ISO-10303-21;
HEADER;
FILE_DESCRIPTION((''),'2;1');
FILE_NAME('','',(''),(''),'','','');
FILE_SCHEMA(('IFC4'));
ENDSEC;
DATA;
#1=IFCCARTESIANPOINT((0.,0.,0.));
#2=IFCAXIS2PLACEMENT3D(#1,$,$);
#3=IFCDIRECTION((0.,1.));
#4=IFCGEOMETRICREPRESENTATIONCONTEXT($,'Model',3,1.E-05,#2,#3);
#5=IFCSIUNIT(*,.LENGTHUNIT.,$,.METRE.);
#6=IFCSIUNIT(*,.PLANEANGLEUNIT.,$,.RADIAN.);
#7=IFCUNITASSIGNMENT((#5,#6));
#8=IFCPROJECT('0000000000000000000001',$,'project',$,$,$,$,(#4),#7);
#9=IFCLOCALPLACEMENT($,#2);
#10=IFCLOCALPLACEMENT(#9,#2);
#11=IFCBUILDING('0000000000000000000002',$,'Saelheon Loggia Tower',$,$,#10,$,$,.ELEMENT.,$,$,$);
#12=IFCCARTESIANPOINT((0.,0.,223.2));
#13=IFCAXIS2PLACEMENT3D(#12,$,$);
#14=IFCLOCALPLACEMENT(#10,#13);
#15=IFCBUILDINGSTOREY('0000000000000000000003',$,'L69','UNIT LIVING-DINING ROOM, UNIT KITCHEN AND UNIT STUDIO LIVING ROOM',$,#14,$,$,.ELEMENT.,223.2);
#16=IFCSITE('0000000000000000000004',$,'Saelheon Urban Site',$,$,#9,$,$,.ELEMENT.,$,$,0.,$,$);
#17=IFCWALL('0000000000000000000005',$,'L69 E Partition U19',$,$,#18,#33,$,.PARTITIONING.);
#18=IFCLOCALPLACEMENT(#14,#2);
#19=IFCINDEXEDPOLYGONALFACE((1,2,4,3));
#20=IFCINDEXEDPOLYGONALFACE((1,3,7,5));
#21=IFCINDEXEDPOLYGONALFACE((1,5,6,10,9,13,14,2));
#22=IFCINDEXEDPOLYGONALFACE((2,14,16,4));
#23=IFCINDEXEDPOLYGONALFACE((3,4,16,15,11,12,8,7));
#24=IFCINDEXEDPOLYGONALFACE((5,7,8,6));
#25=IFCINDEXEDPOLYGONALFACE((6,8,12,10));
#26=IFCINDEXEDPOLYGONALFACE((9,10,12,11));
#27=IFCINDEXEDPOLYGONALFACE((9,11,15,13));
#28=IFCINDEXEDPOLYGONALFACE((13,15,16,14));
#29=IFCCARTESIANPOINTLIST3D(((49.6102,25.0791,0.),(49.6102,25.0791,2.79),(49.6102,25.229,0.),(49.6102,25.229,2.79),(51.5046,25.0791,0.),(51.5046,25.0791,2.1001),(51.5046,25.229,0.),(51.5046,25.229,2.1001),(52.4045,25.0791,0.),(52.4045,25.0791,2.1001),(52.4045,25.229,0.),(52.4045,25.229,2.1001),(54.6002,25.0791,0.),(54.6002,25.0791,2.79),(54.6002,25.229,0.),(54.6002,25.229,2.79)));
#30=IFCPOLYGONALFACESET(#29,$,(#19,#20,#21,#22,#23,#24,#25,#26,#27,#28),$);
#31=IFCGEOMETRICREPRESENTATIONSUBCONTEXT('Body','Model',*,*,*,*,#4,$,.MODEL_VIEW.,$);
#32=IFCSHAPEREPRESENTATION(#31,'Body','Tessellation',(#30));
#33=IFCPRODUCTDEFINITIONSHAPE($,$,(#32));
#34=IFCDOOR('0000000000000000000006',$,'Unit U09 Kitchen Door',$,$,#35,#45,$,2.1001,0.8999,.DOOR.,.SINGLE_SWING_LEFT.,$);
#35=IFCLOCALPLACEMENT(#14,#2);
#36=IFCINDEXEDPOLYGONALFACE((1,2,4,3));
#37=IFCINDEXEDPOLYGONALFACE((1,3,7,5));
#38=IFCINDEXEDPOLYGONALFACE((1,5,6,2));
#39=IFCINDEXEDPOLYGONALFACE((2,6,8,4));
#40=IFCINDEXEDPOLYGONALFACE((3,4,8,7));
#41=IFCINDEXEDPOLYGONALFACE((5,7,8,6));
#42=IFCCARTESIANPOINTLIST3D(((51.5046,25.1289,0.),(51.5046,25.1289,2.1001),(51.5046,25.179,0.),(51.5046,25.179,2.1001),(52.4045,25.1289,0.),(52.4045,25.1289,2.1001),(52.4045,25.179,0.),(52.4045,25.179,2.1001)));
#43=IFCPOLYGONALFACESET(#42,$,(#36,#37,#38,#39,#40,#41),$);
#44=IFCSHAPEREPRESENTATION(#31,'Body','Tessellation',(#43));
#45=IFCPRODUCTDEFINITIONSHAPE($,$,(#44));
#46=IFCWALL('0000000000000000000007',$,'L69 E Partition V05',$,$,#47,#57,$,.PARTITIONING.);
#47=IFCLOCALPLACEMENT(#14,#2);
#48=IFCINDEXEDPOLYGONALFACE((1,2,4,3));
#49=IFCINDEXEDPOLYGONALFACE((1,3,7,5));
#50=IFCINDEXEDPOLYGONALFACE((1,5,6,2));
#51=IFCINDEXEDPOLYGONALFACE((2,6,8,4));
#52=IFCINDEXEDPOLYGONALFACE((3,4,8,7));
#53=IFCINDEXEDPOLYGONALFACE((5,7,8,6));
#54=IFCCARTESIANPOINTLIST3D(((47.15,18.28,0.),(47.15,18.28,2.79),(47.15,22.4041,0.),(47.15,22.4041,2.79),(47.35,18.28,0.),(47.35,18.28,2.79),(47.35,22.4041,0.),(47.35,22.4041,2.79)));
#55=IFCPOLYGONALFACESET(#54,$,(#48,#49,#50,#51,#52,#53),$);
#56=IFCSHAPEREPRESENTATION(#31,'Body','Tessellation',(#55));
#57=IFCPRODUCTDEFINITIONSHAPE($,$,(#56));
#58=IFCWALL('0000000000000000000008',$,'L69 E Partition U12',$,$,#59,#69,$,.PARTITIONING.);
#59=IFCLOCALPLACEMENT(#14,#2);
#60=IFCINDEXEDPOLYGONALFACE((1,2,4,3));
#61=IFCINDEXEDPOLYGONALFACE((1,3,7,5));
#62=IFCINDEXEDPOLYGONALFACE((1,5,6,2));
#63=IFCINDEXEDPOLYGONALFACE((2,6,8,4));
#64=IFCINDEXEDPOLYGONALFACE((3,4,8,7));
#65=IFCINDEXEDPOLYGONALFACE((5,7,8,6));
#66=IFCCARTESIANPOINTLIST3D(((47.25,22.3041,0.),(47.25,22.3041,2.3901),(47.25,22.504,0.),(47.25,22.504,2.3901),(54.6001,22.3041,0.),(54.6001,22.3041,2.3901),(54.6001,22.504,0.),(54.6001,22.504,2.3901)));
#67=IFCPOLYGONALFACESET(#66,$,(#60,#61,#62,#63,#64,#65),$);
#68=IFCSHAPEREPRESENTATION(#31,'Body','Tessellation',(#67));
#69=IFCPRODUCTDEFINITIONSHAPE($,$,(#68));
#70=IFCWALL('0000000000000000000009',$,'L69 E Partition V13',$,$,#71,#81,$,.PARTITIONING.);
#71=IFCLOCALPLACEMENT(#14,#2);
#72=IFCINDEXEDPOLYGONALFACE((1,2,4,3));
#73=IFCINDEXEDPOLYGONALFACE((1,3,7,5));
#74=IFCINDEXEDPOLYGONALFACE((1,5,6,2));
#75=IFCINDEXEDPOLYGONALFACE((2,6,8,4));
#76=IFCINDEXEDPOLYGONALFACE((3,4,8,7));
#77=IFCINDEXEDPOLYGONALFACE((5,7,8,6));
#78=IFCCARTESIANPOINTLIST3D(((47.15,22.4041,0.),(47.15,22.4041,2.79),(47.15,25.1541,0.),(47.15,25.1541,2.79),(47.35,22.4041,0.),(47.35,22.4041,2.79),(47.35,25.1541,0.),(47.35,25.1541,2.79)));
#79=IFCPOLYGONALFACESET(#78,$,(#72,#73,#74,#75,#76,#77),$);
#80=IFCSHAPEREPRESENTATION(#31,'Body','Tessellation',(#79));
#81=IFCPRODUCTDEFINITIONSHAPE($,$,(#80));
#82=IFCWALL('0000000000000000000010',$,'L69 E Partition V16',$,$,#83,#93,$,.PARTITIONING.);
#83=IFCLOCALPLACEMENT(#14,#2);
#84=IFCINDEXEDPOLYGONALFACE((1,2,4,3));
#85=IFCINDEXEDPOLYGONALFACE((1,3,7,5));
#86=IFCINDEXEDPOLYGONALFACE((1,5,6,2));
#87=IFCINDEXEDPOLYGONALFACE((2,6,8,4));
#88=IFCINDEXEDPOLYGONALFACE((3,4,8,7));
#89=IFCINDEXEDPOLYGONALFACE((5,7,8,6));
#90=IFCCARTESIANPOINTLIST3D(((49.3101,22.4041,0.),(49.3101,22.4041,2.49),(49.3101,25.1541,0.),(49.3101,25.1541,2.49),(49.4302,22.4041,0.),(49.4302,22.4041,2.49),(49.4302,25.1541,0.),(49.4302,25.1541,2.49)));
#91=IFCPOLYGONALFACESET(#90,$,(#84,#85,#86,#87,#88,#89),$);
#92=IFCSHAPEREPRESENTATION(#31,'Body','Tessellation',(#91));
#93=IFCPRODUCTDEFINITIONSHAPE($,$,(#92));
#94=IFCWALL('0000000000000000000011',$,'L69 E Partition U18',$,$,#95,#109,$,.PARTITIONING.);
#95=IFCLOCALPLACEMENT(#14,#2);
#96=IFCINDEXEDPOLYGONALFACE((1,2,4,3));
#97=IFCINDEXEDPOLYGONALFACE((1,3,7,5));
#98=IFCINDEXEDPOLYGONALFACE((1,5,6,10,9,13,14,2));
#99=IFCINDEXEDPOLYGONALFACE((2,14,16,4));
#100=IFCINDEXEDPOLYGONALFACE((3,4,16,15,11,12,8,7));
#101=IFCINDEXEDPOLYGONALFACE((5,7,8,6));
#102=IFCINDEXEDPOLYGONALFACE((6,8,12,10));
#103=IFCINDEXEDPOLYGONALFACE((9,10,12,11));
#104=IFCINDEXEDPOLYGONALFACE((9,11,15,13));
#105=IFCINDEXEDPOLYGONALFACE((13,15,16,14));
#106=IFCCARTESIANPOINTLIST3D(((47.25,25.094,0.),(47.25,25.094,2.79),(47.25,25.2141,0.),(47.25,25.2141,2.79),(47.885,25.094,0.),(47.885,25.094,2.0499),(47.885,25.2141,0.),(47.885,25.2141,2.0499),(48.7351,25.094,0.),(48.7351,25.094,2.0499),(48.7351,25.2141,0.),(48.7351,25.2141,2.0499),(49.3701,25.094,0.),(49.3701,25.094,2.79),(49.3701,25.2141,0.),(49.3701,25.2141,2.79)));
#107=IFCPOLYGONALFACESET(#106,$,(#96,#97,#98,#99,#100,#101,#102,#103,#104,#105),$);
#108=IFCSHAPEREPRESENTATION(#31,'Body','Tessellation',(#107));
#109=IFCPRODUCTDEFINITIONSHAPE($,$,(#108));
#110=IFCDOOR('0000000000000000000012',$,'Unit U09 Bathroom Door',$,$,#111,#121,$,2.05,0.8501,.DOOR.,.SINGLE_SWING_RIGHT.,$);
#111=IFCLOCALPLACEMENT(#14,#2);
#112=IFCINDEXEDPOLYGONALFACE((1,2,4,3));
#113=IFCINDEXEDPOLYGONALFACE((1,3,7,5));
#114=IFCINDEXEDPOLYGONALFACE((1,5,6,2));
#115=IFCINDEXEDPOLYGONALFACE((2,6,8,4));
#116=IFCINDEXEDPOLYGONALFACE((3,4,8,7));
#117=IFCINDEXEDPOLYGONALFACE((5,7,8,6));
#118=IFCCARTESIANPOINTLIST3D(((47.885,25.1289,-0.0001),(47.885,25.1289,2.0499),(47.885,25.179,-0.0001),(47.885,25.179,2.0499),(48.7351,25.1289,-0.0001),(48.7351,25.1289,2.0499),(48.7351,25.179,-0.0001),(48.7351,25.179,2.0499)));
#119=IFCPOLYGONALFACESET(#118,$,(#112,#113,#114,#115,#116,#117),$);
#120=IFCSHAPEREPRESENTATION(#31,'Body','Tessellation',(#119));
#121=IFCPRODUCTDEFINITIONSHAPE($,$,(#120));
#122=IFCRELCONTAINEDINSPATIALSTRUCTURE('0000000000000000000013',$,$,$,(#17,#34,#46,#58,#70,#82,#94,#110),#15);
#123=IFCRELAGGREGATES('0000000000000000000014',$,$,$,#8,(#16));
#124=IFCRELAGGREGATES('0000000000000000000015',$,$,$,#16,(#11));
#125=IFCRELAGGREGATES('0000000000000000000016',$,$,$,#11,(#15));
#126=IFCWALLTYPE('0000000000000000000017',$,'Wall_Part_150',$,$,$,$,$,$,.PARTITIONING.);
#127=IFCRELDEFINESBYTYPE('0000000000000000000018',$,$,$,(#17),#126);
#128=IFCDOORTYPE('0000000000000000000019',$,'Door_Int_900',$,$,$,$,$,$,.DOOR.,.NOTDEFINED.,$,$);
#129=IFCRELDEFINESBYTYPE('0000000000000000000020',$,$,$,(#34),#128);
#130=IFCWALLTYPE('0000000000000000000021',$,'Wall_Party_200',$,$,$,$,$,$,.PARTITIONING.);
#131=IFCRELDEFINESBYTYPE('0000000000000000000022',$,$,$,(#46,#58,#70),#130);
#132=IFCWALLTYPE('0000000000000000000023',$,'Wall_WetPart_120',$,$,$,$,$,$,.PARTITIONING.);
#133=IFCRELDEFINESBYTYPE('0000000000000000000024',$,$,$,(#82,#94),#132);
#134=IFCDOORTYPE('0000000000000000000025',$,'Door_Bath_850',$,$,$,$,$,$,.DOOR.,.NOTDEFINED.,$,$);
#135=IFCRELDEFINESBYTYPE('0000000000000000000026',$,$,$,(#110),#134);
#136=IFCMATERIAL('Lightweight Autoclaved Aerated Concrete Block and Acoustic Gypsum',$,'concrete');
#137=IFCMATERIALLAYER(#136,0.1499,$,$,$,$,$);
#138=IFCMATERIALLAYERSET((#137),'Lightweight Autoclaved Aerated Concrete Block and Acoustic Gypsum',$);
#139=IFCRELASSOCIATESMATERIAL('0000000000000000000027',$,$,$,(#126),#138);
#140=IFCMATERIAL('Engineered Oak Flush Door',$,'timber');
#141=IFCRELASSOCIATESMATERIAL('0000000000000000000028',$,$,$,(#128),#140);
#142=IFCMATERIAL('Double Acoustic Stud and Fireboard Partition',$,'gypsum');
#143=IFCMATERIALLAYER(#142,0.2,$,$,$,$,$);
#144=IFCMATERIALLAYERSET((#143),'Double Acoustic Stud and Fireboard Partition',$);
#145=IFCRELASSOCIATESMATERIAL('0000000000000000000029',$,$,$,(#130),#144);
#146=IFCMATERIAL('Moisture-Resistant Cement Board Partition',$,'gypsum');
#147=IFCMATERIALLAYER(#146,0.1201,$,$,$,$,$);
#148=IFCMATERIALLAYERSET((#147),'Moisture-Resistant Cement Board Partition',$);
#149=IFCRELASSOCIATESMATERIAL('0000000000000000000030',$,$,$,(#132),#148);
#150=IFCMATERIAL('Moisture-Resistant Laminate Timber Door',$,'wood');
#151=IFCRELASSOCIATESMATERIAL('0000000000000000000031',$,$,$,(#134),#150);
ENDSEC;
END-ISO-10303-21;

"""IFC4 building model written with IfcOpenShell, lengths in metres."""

from ifc_helpers import new_model, si_unit, direction, frame, frame_2d, origin, place, context, subcontext, project, spatial, rectangle, extrude, source, transform, mapped, material, layer, layer_set, type_object, element, fill, save


model = new_model("IFC4")

# Units and contexts
model_context = context("Model", 3, precision=1e-05, world=origin(), true_north=direction((0.0, 1.0)))
body_context = subcontext(model_context, "Body", "Model", "MODEL_VIEW")
ifc_project = project(units=[si_unit("LENGTHUNIT", "METRE"), si_unit("PLANEANGLEUNIT", "RADIAN")], contexts=[model_context])

# Site, building, storey
site_placement = place(None, origin())
site = spatial("IfcSite", under=ifc_project, at=site_placement, Name="Saelheon Urban Site", CompositionType="ELEMENT", RefElevation=0.0)
building_placement = place(site_placement, origin())
building = spatial("IfcBuilding", under=site, at=building_placement, Name="Saelheon Loggia Tower", CompositionType="ELEMENT")
storey_placement = place(building_placement, frame((0.0, 0.0, 223.2)))
storey = spatial("IfcBuildingStorey", under=building, at=storey_placement, Name="L69", Description="UNIT LIVING-DINING ROOM, UNIT KITCHEN AND UNIT STUDIO LIVING ROOM", CompositionType="ELEMENT", Elevation=223.2)

# Shared definitions
ifc_material_1 = material(Name="Lightweight Autoclaved Aerated Concrete Block and Acoustic Gypsum", Category="concrete")
ifc_layer_1 = layer(ifc_material_1, 0.1499)
ifc_layer_set_1 = layer_set([ifc_layer_1], Name="Lightweight Autoclaved Aerated Concrete Block and Acoustic Gypsum")
wall_type_1 = type_object("IfcWallType", Name="Wall_Part_150", PredefinedType="PARTITIONING", material=ifc_layer_set_1)

# Wall, opening, door
ifc_material_2 = material(Name="Engineered Oak Flush Door", Category="timber")
door_type_1 = type_object("IfcDoorType", Name="Door_Int_900", OperationType="NOTDEFINED", PredefinedType="DOOR", material=ifc_material_2)
shared_shape_1 = source(origin(), body_context, "Body", "SweptSolid", [
    extrude(rectangle(XDim=0.8999, YDim=2.1001, at=frame_2d((0.45, 1.05))), frame((0.0, 0.0249, 0.0), z_axis=(0.0, -1.0, 0.0), x_axis=(1.0, 0.0, 0.0)), (0.0, 0.0, 1.0), 0.05),
])
wall_1_placement = place(storey_placement, frame((49.6101, 25.1541, 0.0), z_axis=(0.0, 0.0, 1.0), x_axis=(1.0, 0.0, 0.0)))
wall_1 = element("IfcWall", 1, at=wall_1_placement, inside=storey, type_object=wall_type_1, Name="L69 E Partition U19", PredefinedType="PARTITIONING", context=body_context, shape_type="SweptSolid", body=[
    extrude(rectangle(XDim=4.99, YDim=0.1499, at=frame_2d((2.4951, 0.0))), origin(), (0.0, 0.0, 1.0), 2.79),
])
opening_1_placement = place(wall_1_placement, frame((1.8945, 0.0, 0.0)))
opening_1 = element("IfcOpeningElement", 2, at=opening_1_placement, cuts=wall_1, PredefinedType="OPENING", context=body_context, shape_type="SweptSolid", body=[
    extrude(rectangle(XDim=0.8999, YDim=2.1001, at=frame_2d((0.45, 1.05))), frame((0.0, 0.0869, 0.0), z_axis=(0.0, -1.0, 0.0), x_axis=(1.0, 0.0, 0.0)), (0.0, 0.0, 1.0), 0.1738),
])
door_1_placement = place(opening_1_placement, origin())
door_1 = element("IfcDoor", 3, at=door_1_placement, inside=storey, type_object=door_type_1, Name="Unit U09 Kitchen Door", OperationType="SINGLE_SWING_LEFT", OverallHeight=2.1001, OverallWidth=0.8999, PredefinedType="DOOR", context=body_context, shape_type="MappedRepresentation", body=[
    mapped(shared_shape_1, transform((0.0, 0.0, 0.0), scale=1.0)),
])
fill(opening_1, door_1)

# Walls
ifc_material_3 = material(Name="Double Acoustic Stud and Fireboard Partition", Category="gypsum")
ifc_layer_2 = layer(ifc_material_3, 0.2)
ifc_layer_set_2 = layer_set([ifc_layer_2], Name="Double Acoustic Stud and Fireboard Partition")
wall_type_2 = type_object("IfcWallType", Name="Wall_Party_200", PredefinedType="PARTITIONING", material=ifc_layer_set_2)
wall_2_placement = place(storey_placement, frame((47.25, 18.28, 0.0), z_axis=(0.0, 0.0, 1.0), x_axis=(0.0, 1.0, 0.0)))
element("IfcWall", 4, at=wall_2_placement, inside=storey, type_object=wall_type_2, Name="L69 E Partition V05", PredefinedType="PARTITIONING", context=body_context, shape_type="SweptSolid", body=[
    extrude(rectangle(XDim=4.124, YDim=0.2, at=frame_2d((2.062, 0.0))), origin(), (0.0, 0.0, 1.0), 2.79),
])
wall_3_placement = place(storey_placement, frame((47.25, 22.4041, 0.0), z_axis=(0.0, 0.0, 1.0), x_axis=(1.0, 0.0, 0.0)))
element("IfcWall", 5, at=wall_3_placement, inside=storey, type_object=wall_type_2, Name="L69 E Partition U12", PredefinedType="PARTITIONING", context=body_context, shape_type="SweptSolid", body=[
    extrude(rectangle(XDim=7.3501, YDim=0.2, at=frame_2d((3.675, 0.0))), origin(), (0.0, 0.0, 1.0), 2.3901),
])
wall_4_placement = place(storey_placement, frame((47.25, 22.4041, 0.0), z_axis=(0.0, 0.0, 1.0), x_axis=(0.0, 1.0, 0.0)))
element("IfcWall", 6, at=wall_4_placement, inside=storey, type_object=wall_type_2, Name="L69 E Partition V13", PredefinedType="PARTITIONING", context=body_context, shape_type="SweptSolid", body=[
    extrude(rectangle(XDim=2.75, YDim=0.2, at=frame_2d((1.375, 0.0))), origin(), (0.0, 0.0, 1.0), 2.79),
])

# Wall
ifc_material_4 = material(Name="Moisture-Resistant Cement Board Partition", Category="gypsum")
ifc_layer_3 = layer(ifc_material_4, 0.1201)
ifc_layer_set_3 = layer_set([ifc_layer_3], Name="Moisture-Resistant Cement Board Partition")
wall_type_3 = type_object("IfcWallType", Name="Wall_WetPart_120", PredefinedType="PARTITIONING", material=ifc_layer_set_3)
wall_5_placement = place(storey_placement, frame((49.3701, 22.4041, 0.0), z_axis=(0.0, 0.0, 1.0), x_axis=(0.0, 1.0, 0.0)))
element("IfcWall", 7, at=wall_5_placement, inside=storey, type_object=wall_type_3, Name="L69 E Partition V16", PredefinedType="PARTITIONING", context=body_context, shape_type="SweptSolid", body=[
    extrude(rectangle(XDim=2.75, YDim=0.1201, at=frame_2d((1.375, 0.0))), origin(), (0.0, 0.0, 1.0), 2.49),
])

# Wall, opening, door
wall_6_placement = place(storey_placement, frame((47.25, 25.1541, 0.0), z_axis=(0.0, 0.0, 1.0), x_axis=(1.0, 0.0, 0.0)))
wall_6 = element("IfcWall", 8, at=wall_6_placement, inside=storey, type_object=wall_type_3, Name="L69 E Partition U18", PredefinedType="PARTITIONING", context=body_context, shape_type="SweptSolid", body=[
    extrude(rectangle(XDim=2.1201, YDim=0.1201, at=frame_2d((1.0601, 0.0))), origin(), (0.0, 0.0, 1.0), 2.79),
])
opening_2_placement = place(wall_6_placement, frame((0.635, 0.0, 0.0)))
opening_2 = element("IfcOpeningElement", 9, at=opening_2_placement, cuts=wall_6, PredefinedType="OPENING", context=body_context, shape_type="SweptSolid", body=[
    extrude(rectangle(XDim=0.8501, YDim=2.05, at=frame_2d((0.425, 1.0249))), frame((0.0, 0.072, 0.0), z_axis=(0.0, -1.0, 0.0), x_axis=(1.0, 0.0, 0.0)), (0.0, 0.0, 1.0), 0.144),
])
ifc_material_5 = material(Name="Moisture-Resistant Laminate Timber Door", Category="wood")
door_type_2 = type_object("IfcDoorType", Name="Door_Bath_850", OperationType="NOTDEFINED", PredefinedType="DOOR", material=ifc_material_5)
shared_shape_2 = source(origin(), body_context, "Body", "SweptSolid", [
    extrude(rectangle(XDim=0.8501, YDim=2.05, at=frame_2d((0.425, 1.0249))), frame((0.0, 0.0249, 0.0), z_axis=(0.0, -1.0, 0.0), x_axis=(1.0, 0.0, 0.0)), (0.0, 0.0, 1.0), 0.05),
])
door_2_placement = place(opening_2_placement, origin())
door_2 = element("IfcDoor", 10, at=door_2_placement, inside=storey, type_object=door_type_2, Name="Unit U09 Bathroom Door", OperationType="SINGLE_SWING_RIGHT", OverallHeight=2.05, OverallWidth=0.8501, PredefinedType="DOOR", context=body_context, shape_type="MappedRepresentation", body=[
    mapped(shared_shape_2, transform((0.0, 0.0, 0.0), scale=1.0)),
])
fill(opening_2, door_2)

save(model, "model.ifc")
